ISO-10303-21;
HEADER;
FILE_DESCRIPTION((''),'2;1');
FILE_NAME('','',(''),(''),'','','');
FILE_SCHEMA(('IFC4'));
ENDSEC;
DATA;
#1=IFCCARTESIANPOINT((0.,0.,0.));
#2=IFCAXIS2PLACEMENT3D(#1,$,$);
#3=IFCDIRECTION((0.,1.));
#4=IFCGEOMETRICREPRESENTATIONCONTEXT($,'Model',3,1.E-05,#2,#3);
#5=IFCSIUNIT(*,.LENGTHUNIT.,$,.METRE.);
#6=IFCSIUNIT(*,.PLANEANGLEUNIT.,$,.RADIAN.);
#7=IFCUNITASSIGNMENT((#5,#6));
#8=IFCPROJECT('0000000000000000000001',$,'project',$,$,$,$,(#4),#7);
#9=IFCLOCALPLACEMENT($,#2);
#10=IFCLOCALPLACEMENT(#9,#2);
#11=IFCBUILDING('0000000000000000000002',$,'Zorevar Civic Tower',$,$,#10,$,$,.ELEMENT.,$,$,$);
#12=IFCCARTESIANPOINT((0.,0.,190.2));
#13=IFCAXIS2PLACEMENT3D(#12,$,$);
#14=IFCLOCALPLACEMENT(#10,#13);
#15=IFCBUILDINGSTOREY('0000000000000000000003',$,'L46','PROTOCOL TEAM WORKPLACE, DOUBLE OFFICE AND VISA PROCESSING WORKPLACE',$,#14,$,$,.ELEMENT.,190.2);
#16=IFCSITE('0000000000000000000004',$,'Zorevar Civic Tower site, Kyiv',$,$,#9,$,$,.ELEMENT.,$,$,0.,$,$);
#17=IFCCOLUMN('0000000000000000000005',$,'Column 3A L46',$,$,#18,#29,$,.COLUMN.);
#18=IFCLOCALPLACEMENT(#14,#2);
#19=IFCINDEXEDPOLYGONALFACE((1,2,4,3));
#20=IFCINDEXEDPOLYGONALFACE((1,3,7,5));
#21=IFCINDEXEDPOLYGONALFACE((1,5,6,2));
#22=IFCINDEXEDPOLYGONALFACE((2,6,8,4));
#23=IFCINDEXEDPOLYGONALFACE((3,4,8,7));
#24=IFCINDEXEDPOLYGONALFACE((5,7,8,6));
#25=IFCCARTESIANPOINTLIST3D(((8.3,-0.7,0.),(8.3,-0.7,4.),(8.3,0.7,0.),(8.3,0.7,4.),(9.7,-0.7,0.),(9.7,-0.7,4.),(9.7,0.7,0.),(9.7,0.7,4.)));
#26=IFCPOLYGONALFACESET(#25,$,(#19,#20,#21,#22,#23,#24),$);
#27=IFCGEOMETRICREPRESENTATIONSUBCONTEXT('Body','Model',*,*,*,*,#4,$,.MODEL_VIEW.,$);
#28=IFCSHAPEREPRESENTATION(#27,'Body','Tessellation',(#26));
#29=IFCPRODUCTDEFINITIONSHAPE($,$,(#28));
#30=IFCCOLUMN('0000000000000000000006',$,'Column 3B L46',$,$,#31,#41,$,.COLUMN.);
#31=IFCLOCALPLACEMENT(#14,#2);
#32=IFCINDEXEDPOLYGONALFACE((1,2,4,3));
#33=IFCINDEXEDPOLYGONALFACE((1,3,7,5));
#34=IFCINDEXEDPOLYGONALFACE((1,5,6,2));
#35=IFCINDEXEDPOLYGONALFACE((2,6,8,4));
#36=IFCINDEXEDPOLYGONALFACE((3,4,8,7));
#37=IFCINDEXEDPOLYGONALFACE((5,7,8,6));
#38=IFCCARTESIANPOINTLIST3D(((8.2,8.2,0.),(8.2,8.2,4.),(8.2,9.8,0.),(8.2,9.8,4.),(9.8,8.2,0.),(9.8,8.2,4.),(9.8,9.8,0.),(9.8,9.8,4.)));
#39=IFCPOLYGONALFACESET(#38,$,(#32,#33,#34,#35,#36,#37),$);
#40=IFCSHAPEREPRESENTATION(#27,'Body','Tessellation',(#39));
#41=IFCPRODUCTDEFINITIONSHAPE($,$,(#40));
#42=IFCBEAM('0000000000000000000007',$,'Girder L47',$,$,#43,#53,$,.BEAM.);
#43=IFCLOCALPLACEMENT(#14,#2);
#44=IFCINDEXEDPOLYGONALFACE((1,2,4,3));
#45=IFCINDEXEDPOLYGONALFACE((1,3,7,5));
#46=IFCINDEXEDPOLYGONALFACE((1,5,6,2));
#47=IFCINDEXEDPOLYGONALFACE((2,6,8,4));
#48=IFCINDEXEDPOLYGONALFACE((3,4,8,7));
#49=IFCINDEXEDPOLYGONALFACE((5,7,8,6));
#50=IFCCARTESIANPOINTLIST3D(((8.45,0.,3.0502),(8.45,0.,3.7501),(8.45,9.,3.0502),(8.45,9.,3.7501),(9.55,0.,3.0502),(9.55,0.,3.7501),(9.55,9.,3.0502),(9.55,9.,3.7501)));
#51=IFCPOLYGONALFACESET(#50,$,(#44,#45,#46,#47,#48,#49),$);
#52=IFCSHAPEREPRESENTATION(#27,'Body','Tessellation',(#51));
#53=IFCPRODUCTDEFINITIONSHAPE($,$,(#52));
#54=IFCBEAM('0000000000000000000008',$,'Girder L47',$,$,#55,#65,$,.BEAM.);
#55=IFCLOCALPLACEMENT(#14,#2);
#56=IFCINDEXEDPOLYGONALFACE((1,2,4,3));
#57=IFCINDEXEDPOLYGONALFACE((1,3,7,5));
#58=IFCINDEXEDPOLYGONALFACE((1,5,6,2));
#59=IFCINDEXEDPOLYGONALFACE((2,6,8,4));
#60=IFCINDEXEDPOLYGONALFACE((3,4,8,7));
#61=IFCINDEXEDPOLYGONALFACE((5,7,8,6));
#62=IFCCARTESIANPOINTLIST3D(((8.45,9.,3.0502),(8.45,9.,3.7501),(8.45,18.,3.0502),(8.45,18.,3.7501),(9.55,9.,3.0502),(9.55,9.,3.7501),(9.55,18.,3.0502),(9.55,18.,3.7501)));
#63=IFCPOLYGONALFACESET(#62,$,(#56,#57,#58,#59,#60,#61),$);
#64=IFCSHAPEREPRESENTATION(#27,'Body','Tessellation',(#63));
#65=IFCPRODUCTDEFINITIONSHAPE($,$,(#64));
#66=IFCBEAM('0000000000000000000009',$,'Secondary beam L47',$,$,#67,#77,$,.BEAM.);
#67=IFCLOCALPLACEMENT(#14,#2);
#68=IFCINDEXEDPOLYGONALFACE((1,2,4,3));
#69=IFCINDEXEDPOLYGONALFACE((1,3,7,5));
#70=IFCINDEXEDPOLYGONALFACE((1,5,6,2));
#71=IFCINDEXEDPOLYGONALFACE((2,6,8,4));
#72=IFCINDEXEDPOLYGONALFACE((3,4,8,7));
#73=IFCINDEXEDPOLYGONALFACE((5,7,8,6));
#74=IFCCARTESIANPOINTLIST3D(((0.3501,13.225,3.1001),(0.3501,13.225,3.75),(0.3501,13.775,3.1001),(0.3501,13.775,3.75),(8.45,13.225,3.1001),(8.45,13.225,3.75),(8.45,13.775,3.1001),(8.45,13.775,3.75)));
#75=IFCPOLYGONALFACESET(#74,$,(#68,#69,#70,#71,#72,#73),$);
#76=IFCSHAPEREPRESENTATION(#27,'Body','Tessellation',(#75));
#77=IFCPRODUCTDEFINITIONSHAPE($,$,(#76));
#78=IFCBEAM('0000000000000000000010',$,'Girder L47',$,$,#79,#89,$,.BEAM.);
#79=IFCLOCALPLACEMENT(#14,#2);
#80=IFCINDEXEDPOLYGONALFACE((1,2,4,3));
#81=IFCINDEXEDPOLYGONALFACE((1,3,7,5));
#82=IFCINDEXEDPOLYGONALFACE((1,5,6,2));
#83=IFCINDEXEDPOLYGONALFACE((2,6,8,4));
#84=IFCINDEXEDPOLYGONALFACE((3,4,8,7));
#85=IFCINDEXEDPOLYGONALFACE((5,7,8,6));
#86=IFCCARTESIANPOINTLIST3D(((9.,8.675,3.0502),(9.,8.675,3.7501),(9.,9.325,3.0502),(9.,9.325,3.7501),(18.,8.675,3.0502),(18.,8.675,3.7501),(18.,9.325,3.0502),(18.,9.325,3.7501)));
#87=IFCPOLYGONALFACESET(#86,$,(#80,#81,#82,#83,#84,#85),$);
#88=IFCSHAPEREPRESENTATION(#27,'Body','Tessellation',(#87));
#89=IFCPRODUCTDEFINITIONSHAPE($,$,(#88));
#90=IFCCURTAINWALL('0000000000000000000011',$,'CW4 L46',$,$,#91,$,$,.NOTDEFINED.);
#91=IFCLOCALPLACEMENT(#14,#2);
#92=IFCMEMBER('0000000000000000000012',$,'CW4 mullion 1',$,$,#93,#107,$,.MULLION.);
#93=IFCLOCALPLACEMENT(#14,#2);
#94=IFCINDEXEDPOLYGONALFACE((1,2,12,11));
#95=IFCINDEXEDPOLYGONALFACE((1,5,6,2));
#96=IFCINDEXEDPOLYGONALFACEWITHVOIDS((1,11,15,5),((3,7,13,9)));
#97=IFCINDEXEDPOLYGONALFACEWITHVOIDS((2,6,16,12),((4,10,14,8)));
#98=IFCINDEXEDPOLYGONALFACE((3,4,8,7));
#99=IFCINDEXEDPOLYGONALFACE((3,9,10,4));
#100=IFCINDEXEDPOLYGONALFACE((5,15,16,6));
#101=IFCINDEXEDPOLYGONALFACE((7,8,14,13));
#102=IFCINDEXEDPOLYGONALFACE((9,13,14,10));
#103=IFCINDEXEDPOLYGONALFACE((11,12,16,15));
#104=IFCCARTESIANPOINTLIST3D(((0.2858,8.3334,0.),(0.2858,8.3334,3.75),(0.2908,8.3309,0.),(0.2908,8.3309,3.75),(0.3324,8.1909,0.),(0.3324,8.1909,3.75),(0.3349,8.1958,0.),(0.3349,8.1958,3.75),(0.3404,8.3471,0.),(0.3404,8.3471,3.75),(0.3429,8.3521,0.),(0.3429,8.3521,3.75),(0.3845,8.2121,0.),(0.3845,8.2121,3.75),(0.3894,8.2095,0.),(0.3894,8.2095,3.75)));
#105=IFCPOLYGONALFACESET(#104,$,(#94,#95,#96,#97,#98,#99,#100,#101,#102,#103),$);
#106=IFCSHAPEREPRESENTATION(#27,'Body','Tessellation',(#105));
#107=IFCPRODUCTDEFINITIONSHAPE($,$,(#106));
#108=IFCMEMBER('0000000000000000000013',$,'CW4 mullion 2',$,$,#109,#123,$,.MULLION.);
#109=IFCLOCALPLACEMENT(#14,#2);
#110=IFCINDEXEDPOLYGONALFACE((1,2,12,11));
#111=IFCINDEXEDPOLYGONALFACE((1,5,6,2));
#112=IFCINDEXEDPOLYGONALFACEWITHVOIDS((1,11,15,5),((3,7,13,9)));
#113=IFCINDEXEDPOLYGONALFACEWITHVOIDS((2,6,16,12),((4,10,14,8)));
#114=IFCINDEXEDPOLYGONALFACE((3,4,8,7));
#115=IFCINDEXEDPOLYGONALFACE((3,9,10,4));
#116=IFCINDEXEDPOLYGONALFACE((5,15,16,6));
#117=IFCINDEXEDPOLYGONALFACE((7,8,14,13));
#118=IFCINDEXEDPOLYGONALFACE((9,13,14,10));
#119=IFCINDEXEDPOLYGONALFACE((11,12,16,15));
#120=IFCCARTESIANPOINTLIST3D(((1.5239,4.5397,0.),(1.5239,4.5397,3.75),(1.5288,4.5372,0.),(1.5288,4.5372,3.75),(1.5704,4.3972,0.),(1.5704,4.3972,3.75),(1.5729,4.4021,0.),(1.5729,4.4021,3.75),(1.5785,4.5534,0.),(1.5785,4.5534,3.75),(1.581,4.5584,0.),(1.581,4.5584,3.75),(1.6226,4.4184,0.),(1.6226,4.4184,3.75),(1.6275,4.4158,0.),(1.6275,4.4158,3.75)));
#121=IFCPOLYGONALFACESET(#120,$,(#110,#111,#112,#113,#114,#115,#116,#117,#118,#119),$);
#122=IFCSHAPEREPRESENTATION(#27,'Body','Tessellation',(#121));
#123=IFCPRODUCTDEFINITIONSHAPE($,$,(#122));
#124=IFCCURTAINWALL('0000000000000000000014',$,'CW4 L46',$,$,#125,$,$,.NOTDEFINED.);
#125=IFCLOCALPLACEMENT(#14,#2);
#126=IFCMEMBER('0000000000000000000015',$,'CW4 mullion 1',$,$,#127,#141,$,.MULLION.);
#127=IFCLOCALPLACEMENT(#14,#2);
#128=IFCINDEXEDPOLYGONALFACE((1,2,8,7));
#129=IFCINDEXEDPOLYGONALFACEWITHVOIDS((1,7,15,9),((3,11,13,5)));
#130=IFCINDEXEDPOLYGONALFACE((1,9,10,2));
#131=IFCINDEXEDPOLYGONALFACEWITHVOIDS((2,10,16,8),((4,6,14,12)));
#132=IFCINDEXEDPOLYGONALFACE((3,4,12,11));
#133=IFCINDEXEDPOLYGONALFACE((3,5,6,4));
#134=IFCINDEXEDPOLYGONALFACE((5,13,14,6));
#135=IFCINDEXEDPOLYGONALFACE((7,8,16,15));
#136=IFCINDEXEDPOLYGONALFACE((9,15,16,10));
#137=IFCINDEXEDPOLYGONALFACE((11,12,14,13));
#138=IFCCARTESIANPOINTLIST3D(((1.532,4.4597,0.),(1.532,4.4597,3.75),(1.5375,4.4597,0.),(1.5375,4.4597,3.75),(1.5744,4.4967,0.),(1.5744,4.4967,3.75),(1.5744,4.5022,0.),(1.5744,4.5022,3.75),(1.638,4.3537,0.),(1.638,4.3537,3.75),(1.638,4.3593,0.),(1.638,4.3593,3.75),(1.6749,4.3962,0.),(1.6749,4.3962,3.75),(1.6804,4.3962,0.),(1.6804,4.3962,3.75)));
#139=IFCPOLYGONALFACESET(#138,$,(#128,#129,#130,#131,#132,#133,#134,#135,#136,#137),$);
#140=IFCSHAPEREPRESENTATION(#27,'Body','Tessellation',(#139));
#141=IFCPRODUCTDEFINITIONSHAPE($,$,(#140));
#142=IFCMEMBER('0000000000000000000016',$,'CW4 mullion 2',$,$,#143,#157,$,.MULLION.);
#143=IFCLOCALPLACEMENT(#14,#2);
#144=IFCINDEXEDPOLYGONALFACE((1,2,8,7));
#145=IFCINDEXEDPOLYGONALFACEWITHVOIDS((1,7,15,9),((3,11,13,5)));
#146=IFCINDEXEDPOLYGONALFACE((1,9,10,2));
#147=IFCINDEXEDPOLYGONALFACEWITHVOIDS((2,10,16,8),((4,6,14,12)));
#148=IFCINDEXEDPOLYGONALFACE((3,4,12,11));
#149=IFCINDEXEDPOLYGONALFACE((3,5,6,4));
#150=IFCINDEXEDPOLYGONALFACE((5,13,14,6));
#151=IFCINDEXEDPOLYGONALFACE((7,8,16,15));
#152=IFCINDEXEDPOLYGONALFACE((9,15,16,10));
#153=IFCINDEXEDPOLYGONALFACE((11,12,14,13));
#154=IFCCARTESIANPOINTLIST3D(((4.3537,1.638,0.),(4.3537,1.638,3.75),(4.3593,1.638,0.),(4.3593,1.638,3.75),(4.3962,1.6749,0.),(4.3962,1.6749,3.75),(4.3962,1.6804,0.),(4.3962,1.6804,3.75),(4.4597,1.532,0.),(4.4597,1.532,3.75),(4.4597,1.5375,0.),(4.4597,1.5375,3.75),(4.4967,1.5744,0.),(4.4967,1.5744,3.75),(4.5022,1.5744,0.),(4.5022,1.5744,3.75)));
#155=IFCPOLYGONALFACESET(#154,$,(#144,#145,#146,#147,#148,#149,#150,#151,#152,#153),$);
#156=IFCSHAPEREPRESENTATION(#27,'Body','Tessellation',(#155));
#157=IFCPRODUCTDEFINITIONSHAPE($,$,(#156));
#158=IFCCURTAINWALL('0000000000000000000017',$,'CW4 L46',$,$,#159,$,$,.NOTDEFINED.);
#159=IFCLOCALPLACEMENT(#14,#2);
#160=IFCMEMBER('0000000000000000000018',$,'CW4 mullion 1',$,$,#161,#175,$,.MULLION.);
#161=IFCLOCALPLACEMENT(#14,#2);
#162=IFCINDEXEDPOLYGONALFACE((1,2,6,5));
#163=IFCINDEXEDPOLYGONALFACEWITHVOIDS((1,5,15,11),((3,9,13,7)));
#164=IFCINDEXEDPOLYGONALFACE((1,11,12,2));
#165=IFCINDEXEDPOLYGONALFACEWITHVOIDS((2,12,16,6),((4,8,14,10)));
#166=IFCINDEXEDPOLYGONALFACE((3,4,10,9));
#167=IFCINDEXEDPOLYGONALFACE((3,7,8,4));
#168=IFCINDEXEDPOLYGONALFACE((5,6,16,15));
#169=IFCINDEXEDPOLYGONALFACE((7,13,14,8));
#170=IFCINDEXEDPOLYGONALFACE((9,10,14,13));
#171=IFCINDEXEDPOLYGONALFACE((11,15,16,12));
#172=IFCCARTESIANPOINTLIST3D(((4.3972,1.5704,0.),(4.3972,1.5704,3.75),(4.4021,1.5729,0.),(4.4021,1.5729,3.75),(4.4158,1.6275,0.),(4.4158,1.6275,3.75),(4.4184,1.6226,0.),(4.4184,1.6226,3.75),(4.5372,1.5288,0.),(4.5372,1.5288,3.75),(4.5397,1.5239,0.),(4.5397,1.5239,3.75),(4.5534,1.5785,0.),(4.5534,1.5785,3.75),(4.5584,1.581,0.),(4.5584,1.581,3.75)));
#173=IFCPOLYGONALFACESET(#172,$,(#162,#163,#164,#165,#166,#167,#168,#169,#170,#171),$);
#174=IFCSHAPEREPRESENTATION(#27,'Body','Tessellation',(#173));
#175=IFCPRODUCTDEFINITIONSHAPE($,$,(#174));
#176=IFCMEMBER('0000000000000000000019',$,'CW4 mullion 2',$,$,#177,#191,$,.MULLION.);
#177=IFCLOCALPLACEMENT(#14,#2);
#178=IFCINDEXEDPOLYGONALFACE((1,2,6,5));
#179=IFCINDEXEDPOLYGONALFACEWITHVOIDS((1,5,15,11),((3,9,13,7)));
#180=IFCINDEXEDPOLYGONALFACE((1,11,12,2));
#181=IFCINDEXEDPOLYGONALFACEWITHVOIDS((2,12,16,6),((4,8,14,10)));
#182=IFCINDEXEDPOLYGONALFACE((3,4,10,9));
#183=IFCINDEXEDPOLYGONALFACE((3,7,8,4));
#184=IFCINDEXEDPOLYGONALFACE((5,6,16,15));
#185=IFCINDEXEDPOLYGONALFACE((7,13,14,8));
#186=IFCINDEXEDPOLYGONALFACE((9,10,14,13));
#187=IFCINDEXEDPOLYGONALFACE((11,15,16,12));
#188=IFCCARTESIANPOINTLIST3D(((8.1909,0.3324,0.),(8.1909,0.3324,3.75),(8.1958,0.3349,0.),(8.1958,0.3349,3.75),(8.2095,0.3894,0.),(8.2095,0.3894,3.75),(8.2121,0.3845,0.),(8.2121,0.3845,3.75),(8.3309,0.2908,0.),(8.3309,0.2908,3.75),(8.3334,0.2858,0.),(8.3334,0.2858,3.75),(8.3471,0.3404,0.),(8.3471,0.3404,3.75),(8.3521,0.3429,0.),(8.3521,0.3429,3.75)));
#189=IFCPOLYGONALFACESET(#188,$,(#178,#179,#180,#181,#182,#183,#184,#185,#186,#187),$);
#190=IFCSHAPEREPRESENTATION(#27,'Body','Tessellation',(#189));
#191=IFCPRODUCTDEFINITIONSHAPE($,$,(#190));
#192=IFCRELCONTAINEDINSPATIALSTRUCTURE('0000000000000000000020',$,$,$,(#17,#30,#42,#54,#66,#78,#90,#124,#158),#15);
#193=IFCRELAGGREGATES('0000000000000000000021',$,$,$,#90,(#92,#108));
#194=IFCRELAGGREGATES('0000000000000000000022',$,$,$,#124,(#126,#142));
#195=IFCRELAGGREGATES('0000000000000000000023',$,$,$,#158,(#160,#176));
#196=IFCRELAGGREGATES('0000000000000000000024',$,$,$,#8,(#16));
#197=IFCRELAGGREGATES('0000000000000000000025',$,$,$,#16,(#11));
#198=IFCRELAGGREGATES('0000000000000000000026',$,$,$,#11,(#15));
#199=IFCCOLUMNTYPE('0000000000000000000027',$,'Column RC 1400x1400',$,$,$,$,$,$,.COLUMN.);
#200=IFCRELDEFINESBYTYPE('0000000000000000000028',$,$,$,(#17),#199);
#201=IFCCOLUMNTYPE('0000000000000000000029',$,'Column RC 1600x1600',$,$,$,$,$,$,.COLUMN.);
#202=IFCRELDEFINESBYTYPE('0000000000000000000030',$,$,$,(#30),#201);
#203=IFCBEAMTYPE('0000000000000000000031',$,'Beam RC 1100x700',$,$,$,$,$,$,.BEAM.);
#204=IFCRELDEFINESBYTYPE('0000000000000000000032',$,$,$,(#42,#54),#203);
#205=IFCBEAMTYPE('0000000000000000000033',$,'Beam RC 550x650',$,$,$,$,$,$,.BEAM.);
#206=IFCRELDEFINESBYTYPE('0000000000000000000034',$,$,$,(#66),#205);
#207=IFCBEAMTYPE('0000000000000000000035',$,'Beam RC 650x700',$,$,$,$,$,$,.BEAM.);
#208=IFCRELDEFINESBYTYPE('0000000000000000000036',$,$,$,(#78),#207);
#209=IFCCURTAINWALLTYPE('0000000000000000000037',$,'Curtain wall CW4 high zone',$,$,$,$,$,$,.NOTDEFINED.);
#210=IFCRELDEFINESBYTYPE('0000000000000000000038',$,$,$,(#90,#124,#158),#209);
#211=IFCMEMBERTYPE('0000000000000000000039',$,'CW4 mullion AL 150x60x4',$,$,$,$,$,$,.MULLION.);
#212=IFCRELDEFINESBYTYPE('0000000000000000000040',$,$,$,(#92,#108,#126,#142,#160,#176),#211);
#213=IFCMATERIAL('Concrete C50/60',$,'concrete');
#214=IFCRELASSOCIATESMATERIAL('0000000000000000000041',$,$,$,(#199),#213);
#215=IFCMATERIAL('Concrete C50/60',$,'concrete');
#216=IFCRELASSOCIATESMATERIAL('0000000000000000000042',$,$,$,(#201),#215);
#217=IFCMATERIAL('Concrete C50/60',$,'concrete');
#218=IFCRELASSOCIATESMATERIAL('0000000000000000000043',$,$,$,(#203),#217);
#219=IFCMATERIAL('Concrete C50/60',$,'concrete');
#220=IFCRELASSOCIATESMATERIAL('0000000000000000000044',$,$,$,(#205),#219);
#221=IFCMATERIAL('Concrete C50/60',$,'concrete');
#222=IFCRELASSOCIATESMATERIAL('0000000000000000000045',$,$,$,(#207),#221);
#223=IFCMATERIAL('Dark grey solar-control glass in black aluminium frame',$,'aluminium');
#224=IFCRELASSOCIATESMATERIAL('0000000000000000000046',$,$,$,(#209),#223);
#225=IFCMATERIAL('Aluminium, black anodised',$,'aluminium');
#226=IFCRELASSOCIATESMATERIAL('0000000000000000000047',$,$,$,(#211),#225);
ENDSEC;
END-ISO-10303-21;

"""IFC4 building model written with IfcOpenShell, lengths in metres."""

from ifc_helpers import new_model, si_unit, direction, frame, origin, origin_2d, place, context, subcontext, project, spatial, rectangle, hollow_rectangle, extrude, material, material_profile, profile_set, type_object, element, aggregate, save


model = new_model("IFC4")

# Units and contexts
model_context = context("Model", 3, precision=1e-05, world=origin(), true_north=direction((0.0, 1.0)))
body_context = subcontext(model_context, "Body", "Model", "MODEL_VIEW")
ifc_project = project(units=[si_unit("LENGTHUNIT", "METRE"), si_unit("PLANEANGLEUNIT", "RADIAN")], contexts=[model_context])

# Site, building, storey
site_placement = place(None, origin())
site = spatial("IfcSite", under=ifc_project, at=site_placement, Name="Zorevar Civic Tower site, Kyiv", CompositionType="ELEMENT", RefElevation=0.0)
building_placement = place(site_placement, origin())
building = spatial("IfcBuilding", under=site, at=building_placement, Name="Zorevar Civic Tower", CompositionType="ELEMENT")
storey_placement = place(building_placement, frame((0.0, 0.0, 190.2)))
storey = spatial("IfcBuildingStorey", under=building, at=storey_placement, Name="L46", Description="PROTOCOL TEAM WORKPLACE, DOUBLE OFFICE AND VISA PROCESSING WORKPLACE", CompositionType="ELEMENT", Elevation=190.2)

# Columns
ifc_material_1 = material(Name="Concrete C50/60", Category="concrete")
ifc_material_profile_1 = material_profile(ifc_material_1, rectangle(XDim=1.3999, YDim=1.3999, at=origin_2d()), Name="RC 1400x1400")
ifc_profile_set_1 = profile_set([ifc_material_profile_1], Name="Concrete C50/60")
column_type_1 = type_object("IfcColumnType", Name="Column RC 1400x1400", PredefinedType="COLUMN", material=ifc_profile_set_1)
column_1_placement = place(storey_placement, frame((9.0, 0.0, 0.0), z_axis=(0.0, 0.0, 1.0), x_axis=(1.0, 0.0, 0.0)))
element("IfcColumn", 1, at=column_1_placement, inside=storey, type_object=column_type_1, Name="Column 3A L46", PredefinedType="COLUMN", context=body_context, shape_type="SweptSolid", body=[
    extrude(rectangle(XDim=1.3999, YDim=1.3999, at=origin_2d()), origin(), (0.0, 0.0, 1.0), 4.0),
])
ifc_material_2 = material(Name="Concrete C50/60", Category="concrete")
ifc_material_profile_2 = material_profile(ifc_material_2, rectangle(XDim=1.6001, YDim=1.6001, at=origin_2d()), Name="RC 1600x1600")
ifc_profile_set_2 = profile_set([ifc_material_profile_2], Name="Concrete C50/60")
column_type_2 = type_object("IfcColumnType", Name="Column RC 1600x1600", PredefinedType="COLUMN", material=ifc_profile_set_2)
column_2_placement = place(storey_placement, frame((9.0, 9.0, 0.0), z_axis=(0.0, 0.0, 1.0), x_axis=(1.0, 0.0, 0.0)))
element("IfcColumn", 2, at=column_2_placement, inside=storey, type_object=column_type_2, Name="Column 3B L46", PredefinedType="COLUMN", context=body_context, shape_type="SweptSolid", body=[
    extrude(rectangle(XDim=1.6001, YDim=1.6001, at=origin_2d()), origin(), (0.0, 0.0, 1.0), 4.0),
])

# Beams
ifc_material_3 = material(Name="Concrete C50/60", Category="concrete")
ifc_material_profile_3 = material_profile(ifc_material_3, rectangle(XDim=1.1001, YDim=0.7, at=origin_2d()), Name="RC 1100x700")
ifc_profile_set_3 = profile_set([ifc_material_profile_3], Name="Concrete C50/60")
beam_type_1 = type_object("IfcBeamType", Name="Beam RC 1100x700", PredefinedType="BEAM", material=ifc_profile_set_3)
for number, where, z_axis, x_axis, name in (
    (3, (9.0, 0.0, 3.4001), (0.0, 1.0, 0.0), (-1.0, 0.0, 0.0), "Girder L47"),
    (4, (9.0, 9.0, 3.4001), (0.0, 1.0, 0.0), (-1.0, 0.0, 0.0), "Girder L47"),
):
    element("IfcBeam", number, at=place(storey_placement, frame(where, z_axis=z_axis, x_axis=x_axis)), inside=storey, type_object=beam_type_1, Name=name, PredefinedType="BEAM", context=body_context, shape_type="SweptSolid", body=[
        extrude(rectangle(XDim=1.1001, YDim=0.7, at=origin_2d()), origin(), (0.0, 0.0, 1.0), 9.0),
    ])
ifc_material_4 = material(Name="Concrete C50/60", Category="concrete")
ifc_material_profile_4 = material_profile(ifc_material_4, rectangle(XDim=0.55, YDim=0.6499, at=origin_2d()), Name="RC 550x650")
ifc_profile_set_4 = profile_set([ifc_material_profile_4], Name="Concrete C50/60")
beam_type_2 = type_object("IfcBeamType", Name="Beam RC 550x650", PredefinedType="BEAM", material=ifc_profile_set_4)
beam_1_placement = place(storey_placement, frame((0.3501, 13.5, 3.425), z_axis=(1.0, 0.0, 0.0), x_axis=(0.0, 1.0, 0.0)))
element("IfcBeam", 5, at=beam_1_placement, inside=storey, type_object=beam_type_2, Name="Secondary beam L47", PredefinedType="BEAM", context=body_context, shape_type="SweptSolid", body=[
    extrude(rectangle(XDim=0.55, YDim=0.6499, at=origin_2d()), origin(), (0.0, 0.0, 1.0), 8.0999),
])
ifc_material_5 = material(Name="Concrete C50/60", Category="concrete")
ifc_material_profile_5 = material_profile(ifc_material_5, rectangle(XDim=0.6499, YDim=0.7, at=origin_2d()), Name="RC 650x700")
ifc_profile_set_5 = profile_set([ifc_material_profile_5], Name="Concrete C50/60")
beam_type_3 = type_object("IfcBeamType", Name="Beam RC 650x700", PredefinedType="BEAM", material=ifc_profile_set_5)
beam_2_placement = place(storey_placement, frame((9.0, 9.0, 3.4001), z_axis=(1.0, 0.0, 0.0), x_axis=(0.0, 1.0, 0.0)))
element("IfcBeam", 6, at=beam_2_placement, inside=storey, type_object=beam_type_3, Name="Girder L47", PredefinedType="BEAM", context=body_context, shape_type="SweptSolid", body=[
    extrude(rectangle(XDim=0.6499, YDim=0.7, at=origin_2d()), origin(), (0.0, 0.0, 1.0), 9.0),
])

# Curtain walls, members
ifc_material_6 = material(Name="Dark grey solar-control glass in black aluminium frame", Category="aluminium")
curtain_wall_type = type_object("IfcCurtainWallType", Name="Curtain wall CW4 high zone", PredefinedType="NOTDEFINED", material=ifc_material_6)
curtain_wall_1_placement = place(storey_placement, origin())
curtain_wall_1 = element("IfcCurtainWall", 7, at=curtain_wall_1_placement, inside=storey, type_object=curtain_wall_type, Name="CW4 L46", PredefinedType="NOTDEFINED")
ifc_material_7 = material(Name="Aluminium, black anodised", Category="aluminium")
ifc_material_profile_6 = material_profile(ifc_material_7, hollow_rectangle(XDim=0.0601, YDim=0.1499, WallThickness=0.0039, at=origin_2d()), Name="AL 150x60x4")
ifc_profile_set_6 = profile_set([ifc_material_profile_6], Name="Aluminium, black anodised")
member_type_1 = type_object("IfcMemberType", Name="CW4 mullion AL 150x60x4", PredefinedType="MULLION", material=ifc_profile_set_6)
member_1_placement = place(storey_placement, frame((0.3376, 8.2715, 0.0), z_axis=(0.0, 0.0, 1.0), x_axis=(0.950645, 0.310281, 0.0)))
member_1 = element("IfcMember", 8, at=member_1_placement, type_object=member_type_1, Name="CW4 mullion 1", PredefinedType="MULLION", context=body_context, shape_type="SweptSolid", body=[
    extrude(hollow_rectangle(XDim=0.0601, YDim=0.1499, WallThickness=0.0039, at=origin_2d()), origin(), (0.0, 0.0, 1.0), 3.75),
])
member_2_placement = place(storey_placement, frame((1.5757, 4.4778, 0.0), z_axis=(0.0, 0.0, 1.0), x_axis=(0.950645, 0.310281, 0.0)))
member_2 = element("IfcMember", 9, at=member_2_placement, type_object=member_type_1, Name="CW4 mullion 2", PredefinedType="MULLION", context=body_context, shape_type="SweptSolid", body=[
    extrude(hollow_rectangle(XDim=0.0601, YDim=0.1499, WallThickness=0.0039, at=origin_2d()), origin(), (0.0, 0.0, 1.0), 3.75),
])
curtain_wall_2_placement = place(storey_placement, origin())
curtain_wall_2 = element("IfcCurtainWall", 10, at=curtain_wall_2_placement, inside=storey, type_object=curtain_wall_type, Name="CW4 L46", PredefinedType="NOTDEFINED")
member_3_placement = place(storey_placement, frame((1.6062, 4.428, 0.0), z_axis=(0.0, 0.0, 1.0), x_axis=(0.707107, 0.707107, 0.0)))
member_3 = element("IfcMember", 11, at=member_3_placement, type_object=member_type_1, Name="CW4 mullion 1", PredefinedType="MULLION", context=body_context, shape_type="SweptSolid", body=[
    extrude(hollow_rectangle(XDim=0.0601, YDim=0.1499, WallThickness=0.0039, at=origin_2d()), origin(), (0.0, 0.0, 1.0), 3.75),
])
member_4_placement = place(storey_placement, frame((4.428, 1.6062, 0.0), z_axis=(0.0, 0.0, 1.0), x_axis=(0.707107, 0.707107, 0.0)))
member_4 = element("IfcMember", 12, at=member_4_placement, type_object=member_type_1, Name="CW4 mullion 2", PredefinedType="MULLION", context=body_context, shape_type="SweptSolid", body=[
    extrude(hollow_rectangle(XDim=0.0601, YDim=0.1499, WallThickness=0.0039, at=origin_2d()), origin(), (0.0, 0.0, 1.0), 3.75),
])
curtain_wall_3_placement = place(storey_placement, origin())
curtain_wall_3 = element("IfcCurtainWall", 13, at=curtain_wall_3_placement, inside=storey, type_object=curtain_wall_type, Name="CW4 L46", PredefinedType="NOTDEFINED")
member_5_placement = place(storey_placement, frame((4.4778, 1.5757, 0.0), z_axis=(0.0, 0.0, 1.0), x_axis=(0.310281, 0.950645, 0.0)))
member_5 = element("IfcMember", 14, at=member_5_placement, type_object=member_type_1, Name="CW4 mullion 1", PredefinedType="MULLION", context=body_context, shape_type="SweptSolid", body=[
    extrude(hollow_rectangle(XDim=0.0601, YDim=0.1499, WallThickness=0.0039, at=origin_2d()), origin(), (0.0, 0.0, 1.0), 3.75),
])
member_6_placement = place(storey_placement, frame((8.2715, 0.3376, 0.0), z_axis=(0.0, 0.0, 1.0), x_axis=(0.310281, 0.950645, 0.0)))
member_6 = element("IfcMember", 15, at=member_6_placement, type_object=member_type_1, Name="CW4 mullion 2", PredefinedType="MULLION", context=body_context, shape_type="SweptSolid", body=[
    extrude(hollow_rectangle(XDim=0.0601, YDim=0.1499, WallThickness=0.0039, at=origin_2d()), origin(), (0.0, 0.0, 1.0), 3.75),
])

aggregate(curtain_wall_1, [member_1, member_2])
aggregate(curtain_wall_2, [member_3, member_4])
aggregate(curtain_wall_3, [member_5, member_6])

save(model, "model.ifc")
